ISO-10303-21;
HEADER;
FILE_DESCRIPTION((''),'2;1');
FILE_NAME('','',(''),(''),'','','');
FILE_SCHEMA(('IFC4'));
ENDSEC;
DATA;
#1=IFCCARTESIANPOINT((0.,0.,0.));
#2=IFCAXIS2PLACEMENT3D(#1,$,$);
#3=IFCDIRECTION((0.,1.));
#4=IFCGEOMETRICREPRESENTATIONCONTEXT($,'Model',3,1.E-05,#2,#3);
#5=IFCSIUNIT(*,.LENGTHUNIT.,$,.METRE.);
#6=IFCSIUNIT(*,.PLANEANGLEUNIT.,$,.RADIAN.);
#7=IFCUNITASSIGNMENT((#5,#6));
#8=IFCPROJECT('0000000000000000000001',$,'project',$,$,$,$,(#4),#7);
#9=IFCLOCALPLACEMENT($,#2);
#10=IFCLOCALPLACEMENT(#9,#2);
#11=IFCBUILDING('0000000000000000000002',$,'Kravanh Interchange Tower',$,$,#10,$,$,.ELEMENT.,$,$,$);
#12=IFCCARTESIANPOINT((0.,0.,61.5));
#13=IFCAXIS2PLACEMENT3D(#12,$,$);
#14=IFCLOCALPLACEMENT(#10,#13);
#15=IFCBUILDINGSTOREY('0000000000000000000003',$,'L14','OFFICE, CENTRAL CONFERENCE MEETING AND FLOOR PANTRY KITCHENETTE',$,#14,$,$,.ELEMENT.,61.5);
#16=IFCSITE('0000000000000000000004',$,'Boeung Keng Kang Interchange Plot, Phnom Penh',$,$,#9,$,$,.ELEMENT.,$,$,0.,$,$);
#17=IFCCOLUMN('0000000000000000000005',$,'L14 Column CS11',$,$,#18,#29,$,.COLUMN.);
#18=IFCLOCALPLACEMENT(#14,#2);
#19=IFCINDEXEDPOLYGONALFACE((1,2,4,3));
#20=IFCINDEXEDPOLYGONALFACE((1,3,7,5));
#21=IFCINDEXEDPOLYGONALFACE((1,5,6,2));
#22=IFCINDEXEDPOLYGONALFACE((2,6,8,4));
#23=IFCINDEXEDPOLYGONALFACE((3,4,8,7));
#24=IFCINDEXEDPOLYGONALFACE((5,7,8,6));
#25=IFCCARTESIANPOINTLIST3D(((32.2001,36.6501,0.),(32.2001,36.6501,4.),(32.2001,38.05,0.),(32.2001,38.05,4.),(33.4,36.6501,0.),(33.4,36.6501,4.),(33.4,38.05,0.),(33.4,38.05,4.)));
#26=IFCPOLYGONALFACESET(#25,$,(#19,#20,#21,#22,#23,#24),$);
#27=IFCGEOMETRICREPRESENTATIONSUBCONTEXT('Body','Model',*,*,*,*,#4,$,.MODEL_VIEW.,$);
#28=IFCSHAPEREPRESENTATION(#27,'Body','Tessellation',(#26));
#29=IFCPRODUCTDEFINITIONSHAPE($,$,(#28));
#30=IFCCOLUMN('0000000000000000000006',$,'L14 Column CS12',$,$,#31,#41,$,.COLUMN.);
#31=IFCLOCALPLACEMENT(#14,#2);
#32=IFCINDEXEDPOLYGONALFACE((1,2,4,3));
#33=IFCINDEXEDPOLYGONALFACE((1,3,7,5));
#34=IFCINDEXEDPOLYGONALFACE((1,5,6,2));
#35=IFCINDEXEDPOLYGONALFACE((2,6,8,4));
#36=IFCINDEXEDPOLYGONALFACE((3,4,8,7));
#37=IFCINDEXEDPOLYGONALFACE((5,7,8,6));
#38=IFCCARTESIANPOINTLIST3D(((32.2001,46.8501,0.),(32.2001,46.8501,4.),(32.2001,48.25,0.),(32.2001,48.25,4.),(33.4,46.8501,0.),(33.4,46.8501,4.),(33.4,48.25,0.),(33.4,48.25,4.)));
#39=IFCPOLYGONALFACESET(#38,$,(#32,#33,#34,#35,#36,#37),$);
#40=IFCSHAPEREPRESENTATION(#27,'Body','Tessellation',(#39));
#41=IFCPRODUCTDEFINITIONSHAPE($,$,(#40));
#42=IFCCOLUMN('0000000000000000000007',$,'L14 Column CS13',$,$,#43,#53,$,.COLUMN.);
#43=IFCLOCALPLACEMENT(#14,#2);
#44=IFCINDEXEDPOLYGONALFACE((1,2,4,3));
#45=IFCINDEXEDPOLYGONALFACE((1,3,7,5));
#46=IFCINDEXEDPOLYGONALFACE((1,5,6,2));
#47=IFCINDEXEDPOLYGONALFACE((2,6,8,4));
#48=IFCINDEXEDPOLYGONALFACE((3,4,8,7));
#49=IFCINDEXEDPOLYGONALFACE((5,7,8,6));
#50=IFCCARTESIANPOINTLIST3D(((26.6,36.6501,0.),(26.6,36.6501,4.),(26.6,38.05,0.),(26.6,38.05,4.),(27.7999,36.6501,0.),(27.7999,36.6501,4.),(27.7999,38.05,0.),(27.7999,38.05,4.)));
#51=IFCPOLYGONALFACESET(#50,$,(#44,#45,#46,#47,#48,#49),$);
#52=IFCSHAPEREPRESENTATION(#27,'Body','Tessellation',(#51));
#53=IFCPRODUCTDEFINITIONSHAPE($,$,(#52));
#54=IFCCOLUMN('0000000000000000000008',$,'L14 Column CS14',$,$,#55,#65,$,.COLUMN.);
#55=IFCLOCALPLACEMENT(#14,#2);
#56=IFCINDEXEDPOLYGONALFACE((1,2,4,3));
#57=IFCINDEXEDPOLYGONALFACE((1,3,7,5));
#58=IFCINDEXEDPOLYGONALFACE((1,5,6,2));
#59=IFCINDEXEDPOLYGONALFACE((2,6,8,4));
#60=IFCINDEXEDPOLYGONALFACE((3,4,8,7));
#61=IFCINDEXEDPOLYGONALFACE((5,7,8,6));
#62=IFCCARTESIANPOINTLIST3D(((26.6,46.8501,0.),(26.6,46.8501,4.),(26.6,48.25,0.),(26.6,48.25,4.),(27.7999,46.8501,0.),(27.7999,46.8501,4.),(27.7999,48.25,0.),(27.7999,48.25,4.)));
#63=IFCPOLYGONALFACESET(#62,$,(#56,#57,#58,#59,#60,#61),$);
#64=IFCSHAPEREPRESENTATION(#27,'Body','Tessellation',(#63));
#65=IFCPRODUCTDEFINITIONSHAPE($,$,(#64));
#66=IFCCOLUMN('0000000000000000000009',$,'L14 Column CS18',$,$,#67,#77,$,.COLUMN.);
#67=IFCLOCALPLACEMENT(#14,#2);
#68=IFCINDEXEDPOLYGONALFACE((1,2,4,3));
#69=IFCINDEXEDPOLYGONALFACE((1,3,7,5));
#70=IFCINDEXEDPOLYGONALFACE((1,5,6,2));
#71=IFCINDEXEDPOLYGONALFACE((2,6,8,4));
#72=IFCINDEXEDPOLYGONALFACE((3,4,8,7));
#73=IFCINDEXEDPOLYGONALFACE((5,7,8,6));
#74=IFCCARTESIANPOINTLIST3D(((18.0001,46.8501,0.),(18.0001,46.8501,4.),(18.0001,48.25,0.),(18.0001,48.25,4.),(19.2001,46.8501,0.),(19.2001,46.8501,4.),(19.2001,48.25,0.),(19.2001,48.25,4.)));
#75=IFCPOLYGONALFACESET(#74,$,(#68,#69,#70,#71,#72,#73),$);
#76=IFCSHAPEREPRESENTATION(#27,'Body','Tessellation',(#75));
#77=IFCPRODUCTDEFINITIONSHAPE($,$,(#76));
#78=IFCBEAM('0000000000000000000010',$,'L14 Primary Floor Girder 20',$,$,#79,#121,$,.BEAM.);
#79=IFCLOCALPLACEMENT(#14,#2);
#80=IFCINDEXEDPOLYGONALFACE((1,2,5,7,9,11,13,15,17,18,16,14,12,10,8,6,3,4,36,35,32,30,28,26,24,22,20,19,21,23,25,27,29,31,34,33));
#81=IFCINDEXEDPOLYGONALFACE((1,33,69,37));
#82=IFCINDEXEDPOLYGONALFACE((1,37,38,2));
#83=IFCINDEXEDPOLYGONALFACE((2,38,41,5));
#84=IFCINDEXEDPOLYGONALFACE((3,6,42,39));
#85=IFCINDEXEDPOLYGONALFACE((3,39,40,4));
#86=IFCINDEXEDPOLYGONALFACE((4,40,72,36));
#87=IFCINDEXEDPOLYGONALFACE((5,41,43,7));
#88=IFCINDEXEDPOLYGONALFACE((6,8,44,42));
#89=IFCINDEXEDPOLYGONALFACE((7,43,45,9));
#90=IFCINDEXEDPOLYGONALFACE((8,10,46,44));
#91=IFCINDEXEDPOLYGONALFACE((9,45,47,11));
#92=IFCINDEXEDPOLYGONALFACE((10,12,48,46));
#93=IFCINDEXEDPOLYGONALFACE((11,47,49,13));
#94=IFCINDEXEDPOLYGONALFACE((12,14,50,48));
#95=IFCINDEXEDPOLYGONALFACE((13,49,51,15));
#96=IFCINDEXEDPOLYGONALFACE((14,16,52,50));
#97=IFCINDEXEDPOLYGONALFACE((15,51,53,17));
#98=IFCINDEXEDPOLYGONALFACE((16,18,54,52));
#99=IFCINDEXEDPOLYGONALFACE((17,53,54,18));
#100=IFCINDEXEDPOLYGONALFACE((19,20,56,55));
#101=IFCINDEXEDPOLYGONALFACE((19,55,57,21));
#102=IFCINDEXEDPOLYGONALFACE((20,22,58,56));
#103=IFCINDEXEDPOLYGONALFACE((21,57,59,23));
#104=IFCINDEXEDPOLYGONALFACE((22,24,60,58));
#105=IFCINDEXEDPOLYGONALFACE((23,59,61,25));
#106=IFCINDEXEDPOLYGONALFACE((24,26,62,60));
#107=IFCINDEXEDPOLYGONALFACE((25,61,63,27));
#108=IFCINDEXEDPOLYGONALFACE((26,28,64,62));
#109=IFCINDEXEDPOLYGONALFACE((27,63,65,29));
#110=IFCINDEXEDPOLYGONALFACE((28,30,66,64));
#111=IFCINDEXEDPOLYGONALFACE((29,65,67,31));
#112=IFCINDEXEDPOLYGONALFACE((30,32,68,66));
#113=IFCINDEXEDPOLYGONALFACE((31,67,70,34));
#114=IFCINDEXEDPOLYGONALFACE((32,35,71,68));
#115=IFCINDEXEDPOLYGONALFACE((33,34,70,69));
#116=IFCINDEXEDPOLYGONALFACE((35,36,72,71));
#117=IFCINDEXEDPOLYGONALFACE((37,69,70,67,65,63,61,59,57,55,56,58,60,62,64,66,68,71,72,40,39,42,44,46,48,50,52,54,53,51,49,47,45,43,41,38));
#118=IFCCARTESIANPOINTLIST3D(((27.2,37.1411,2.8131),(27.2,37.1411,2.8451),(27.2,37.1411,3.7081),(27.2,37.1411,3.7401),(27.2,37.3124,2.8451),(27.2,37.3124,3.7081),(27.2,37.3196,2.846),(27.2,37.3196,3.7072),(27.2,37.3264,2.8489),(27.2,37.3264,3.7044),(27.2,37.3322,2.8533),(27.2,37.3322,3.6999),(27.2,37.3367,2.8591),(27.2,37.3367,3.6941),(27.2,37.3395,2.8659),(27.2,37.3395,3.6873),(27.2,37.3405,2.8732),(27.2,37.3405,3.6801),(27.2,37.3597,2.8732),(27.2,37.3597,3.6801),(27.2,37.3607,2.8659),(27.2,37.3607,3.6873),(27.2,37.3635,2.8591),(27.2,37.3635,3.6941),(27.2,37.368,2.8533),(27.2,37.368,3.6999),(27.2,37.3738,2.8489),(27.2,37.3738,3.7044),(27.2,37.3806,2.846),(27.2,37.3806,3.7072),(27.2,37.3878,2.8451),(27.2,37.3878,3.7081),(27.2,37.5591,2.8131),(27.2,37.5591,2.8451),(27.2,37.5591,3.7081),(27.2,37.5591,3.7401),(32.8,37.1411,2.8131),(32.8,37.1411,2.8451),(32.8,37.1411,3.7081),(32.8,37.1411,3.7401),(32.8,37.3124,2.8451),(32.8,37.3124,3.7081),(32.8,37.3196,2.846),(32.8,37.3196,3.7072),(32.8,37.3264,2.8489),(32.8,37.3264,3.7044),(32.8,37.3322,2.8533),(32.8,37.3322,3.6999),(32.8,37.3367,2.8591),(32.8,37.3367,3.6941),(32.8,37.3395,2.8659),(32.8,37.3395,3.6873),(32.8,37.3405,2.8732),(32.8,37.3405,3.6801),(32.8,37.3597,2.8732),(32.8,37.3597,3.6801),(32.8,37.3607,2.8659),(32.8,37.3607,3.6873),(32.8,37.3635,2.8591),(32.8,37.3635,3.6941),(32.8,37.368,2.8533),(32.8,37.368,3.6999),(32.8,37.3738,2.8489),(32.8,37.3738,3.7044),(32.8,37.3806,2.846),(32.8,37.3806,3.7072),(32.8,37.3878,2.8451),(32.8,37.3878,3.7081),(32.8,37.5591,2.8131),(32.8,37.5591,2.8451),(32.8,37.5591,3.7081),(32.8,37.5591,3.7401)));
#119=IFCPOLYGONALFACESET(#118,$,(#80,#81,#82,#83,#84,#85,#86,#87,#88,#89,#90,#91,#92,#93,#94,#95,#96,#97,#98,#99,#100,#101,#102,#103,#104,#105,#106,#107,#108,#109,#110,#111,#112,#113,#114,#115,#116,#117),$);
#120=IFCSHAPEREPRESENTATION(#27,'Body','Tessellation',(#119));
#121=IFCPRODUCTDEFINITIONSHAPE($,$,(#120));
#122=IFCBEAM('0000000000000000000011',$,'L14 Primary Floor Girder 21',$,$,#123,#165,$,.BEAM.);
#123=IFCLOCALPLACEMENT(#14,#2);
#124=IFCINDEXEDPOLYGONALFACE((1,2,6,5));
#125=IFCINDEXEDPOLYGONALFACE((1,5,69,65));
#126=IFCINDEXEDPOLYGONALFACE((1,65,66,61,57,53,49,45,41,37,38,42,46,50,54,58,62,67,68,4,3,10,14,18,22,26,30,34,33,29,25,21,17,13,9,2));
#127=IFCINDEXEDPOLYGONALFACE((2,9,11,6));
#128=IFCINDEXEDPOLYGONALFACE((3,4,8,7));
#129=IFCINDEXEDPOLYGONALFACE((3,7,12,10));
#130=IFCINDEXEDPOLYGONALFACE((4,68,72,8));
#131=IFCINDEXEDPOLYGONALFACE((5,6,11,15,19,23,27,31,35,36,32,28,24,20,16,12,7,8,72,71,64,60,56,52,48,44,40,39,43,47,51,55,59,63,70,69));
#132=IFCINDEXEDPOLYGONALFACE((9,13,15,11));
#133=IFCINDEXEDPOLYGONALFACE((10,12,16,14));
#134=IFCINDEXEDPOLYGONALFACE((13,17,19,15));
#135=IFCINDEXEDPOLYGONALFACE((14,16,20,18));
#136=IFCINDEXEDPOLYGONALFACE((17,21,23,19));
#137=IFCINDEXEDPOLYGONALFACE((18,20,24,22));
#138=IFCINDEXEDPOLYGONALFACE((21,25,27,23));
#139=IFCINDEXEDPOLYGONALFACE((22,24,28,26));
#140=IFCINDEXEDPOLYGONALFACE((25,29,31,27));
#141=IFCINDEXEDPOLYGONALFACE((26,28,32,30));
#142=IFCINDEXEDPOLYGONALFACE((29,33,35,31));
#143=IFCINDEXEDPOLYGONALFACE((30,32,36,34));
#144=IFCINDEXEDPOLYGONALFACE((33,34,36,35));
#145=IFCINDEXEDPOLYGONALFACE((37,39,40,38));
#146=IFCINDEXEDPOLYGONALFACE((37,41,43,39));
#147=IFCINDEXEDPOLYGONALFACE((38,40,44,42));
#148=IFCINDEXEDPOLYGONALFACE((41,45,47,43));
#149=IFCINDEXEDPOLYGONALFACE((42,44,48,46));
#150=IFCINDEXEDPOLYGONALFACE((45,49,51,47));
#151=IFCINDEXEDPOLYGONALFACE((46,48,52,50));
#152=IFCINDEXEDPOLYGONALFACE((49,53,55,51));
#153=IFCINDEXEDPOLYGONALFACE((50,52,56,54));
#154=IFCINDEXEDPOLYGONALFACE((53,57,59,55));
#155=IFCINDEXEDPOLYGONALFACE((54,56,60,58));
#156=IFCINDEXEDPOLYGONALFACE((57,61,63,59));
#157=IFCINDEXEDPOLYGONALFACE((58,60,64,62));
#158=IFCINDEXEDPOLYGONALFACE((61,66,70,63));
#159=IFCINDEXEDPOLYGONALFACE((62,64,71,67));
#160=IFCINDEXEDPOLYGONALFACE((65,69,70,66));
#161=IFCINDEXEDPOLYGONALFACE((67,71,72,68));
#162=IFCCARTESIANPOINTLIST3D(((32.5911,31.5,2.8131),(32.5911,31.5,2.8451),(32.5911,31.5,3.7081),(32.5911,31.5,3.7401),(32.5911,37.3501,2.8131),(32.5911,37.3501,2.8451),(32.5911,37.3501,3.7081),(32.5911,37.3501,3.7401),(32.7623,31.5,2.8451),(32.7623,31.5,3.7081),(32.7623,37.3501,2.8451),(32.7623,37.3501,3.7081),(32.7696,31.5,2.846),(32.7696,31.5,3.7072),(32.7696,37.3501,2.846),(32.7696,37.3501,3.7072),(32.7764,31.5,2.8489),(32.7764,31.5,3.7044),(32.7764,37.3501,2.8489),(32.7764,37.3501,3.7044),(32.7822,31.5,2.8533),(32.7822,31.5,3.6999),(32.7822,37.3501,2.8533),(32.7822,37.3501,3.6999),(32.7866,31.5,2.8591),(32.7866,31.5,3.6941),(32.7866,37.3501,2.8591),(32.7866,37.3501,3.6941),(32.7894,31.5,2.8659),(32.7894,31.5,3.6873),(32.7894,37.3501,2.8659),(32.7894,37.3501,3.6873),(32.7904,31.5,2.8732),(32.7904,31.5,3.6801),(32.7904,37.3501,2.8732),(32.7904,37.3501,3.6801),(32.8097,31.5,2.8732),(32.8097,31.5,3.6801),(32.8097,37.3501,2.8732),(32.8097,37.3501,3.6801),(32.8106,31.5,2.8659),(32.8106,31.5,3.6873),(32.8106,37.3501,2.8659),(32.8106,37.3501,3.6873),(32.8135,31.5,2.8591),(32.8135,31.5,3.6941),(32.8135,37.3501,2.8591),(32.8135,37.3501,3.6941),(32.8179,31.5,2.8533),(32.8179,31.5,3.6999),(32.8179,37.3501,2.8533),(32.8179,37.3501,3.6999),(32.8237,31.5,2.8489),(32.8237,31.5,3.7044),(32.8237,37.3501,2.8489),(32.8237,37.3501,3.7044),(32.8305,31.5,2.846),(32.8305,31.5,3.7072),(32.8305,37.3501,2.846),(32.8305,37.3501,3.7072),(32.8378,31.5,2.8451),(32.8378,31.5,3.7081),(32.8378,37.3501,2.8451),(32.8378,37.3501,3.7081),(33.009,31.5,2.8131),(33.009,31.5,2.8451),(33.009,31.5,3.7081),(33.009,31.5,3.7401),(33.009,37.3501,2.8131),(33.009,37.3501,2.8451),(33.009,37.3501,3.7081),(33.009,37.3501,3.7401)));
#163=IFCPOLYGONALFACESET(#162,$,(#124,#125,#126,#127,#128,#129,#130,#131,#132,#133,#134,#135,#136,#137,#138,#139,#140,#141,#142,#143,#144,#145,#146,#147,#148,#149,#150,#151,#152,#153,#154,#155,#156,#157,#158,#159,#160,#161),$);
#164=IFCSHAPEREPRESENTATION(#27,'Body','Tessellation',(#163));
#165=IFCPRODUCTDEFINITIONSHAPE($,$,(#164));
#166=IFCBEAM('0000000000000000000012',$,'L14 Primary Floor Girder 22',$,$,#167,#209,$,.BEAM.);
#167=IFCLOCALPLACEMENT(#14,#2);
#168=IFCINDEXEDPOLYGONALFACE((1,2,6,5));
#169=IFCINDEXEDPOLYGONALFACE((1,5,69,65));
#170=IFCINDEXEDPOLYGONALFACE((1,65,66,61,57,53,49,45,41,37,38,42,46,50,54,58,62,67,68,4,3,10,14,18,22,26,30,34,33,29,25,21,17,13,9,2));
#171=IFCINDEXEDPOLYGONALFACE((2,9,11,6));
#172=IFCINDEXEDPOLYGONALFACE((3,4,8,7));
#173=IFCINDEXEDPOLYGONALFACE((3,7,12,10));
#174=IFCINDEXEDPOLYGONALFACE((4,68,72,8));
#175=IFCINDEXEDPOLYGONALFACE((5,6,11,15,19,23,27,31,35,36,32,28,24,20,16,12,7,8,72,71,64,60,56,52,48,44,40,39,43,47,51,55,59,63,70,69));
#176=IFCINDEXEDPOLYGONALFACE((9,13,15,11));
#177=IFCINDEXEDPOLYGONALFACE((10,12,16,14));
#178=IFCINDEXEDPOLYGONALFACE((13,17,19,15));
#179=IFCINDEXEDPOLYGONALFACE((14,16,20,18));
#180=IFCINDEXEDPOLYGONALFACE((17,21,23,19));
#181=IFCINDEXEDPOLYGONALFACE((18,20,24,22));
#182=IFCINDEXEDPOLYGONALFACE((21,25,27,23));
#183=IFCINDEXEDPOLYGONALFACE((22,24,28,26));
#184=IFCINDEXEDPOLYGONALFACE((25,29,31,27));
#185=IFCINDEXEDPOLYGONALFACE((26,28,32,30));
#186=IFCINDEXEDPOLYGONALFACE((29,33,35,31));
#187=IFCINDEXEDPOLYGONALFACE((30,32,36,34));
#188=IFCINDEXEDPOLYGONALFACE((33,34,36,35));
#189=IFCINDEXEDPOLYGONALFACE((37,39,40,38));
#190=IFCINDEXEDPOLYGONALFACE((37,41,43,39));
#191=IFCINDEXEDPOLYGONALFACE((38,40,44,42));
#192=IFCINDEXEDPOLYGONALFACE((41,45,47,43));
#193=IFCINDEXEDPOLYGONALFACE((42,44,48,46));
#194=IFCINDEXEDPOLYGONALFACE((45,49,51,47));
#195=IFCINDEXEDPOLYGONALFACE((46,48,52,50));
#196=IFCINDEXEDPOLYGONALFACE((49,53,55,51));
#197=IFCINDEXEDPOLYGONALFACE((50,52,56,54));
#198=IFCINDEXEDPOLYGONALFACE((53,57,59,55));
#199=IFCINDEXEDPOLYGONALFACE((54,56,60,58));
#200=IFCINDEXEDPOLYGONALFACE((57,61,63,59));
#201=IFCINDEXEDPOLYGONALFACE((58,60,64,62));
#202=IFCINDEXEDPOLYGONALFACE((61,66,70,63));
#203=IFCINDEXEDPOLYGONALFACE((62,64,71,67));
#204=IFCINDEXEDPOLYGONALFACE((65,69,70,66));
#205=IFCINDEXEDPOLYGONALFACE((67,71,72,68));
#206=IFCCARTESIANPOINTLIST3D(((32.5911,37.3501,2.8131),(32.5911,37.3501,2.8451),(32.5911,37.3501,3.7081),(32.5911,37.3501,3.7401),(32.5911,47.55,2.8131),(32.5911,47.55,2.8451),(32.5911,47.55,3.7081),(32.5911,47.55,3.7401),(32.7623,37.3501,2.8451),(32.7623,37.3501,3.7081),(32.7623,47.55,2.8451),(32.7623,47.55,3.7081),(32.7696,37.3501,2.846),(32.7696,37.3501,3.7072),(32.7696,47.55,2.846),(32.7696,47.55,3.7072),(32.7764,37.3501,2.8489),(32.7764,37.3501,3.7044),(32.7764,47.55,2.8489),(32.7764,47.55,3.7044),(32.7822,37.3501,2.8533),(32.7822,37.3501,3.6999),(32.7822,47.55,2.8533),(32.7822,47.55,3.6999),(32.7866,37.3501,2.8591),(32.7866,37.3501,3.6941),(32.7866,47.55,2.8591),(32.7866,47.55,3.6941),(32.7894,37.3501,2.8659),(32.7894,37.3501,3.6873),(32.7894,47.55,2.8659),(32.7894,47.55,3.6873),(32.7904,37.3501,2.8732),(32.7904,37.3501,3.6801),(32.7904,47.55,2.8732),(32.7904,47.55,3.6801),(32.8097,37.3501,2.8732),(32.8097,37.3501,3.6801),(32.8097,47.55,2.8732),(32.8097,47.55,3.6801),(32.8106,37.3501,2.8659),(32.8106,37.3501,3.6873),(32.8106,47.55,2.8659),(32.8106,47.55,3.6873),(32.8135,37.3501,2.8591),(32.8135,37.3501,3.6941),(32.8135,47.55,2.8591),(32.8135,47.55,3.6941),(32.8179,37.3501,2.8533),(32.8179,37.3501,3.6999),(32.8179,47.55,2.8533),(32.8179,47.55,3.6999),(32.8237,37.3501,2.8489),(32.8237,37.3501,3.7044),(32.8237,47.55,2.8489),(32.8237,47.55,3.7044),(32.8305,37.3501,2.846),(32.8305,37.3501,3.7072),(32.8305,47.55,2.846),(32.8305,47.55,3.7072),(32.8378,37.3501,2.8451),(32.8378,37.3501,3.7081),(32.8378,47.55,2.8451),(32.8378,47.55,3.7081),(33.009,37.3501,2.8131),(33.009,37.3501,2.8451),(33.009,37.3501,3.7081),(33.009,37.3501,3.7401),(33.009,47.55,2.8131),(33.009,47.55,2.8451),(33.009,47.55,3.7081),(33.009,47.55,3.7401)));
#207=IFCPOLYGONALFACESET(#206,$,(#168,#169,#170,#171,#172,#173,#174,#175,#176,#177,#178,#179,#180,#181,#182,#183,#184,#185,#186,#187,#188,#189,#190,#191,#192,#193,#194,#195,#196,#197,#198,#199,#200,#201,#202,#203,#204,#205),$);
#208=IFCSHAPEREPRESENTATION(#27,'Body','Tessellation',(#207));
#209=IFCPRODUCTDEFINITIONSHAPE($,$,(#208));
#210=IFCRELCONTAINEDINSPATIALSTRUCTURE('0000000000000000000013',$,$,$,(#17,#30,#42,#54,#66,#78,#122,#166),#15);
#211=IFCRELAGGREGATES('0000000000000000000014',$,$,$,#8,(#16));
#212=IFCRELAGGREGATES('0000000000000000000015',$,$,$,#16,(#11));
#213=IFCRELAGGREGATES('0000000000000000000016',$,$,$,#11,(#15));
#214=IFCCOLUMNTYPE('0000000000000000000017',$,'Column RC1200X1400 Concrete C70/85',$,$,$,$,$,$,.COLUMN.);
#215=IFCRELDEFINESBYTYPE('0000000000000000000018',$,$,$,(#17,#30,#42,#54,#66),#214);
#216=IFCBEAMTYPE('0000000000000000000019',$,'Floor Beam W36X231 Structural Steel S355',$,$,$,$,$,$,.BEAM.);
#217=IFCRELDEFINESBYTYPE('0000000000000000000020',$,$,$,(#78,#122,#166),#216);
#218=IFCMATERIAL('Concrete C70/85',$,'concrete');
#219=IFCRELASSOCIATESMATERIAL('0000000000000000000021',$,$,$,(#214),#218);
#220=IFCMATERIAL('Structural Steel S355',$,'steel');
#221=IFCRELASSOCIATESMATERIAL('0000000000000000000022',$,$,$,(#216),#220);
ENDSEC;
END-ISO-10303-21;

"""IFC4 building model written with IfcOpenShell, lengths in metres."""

from ifc_helpers import new_model, si_unit, direction, frame, origin, origin_2d, place, context, subcontext, project, spatial, rectangle, i_section, extrude, material, material_profile, profile_set, type_object, element, save


model = new_model("IFC4")

# Units and contexts
model_context = context("Model", 3, precision=1e-05, world=origin(), true_north=direction((0.0, 1.0)))
body_context = subcontext(model_context, "Body", "Model", "MODEL_VIEW")
ifc_project = project(units=[si_unit("LENGTHUNIT", "METRE"), si_unit("PLANEANGLEUNIT", "RADIAN")], contexts=[model_context])

# Site, building, storey
site_placement = place(None, origin())
site = spatial("IfcSite", under=ifc_project, at=site_placement, Name="Boeung Keng Kang Interchange Plot, Phnom Penh", CompositionType="ELEMENT", RefElevation=0.0)
building_placement = place(site_placement, origin())
building = spatial("IfcBuilding", under=site, at=building_placement, Name="Kravanh Interchange Tower", CompositionType="ELEMENT")
storey_placement = place(building_placement, frame((0.0, 0.0, 61.5)))
storey = spatial("IfcBuildingStorey", under=building, at=storey_placement, Name="L14", Description="OFFICE, CENTRAL CONFERENCE MEETING AND FLOOR PANTRY KITCHENETTE", CompositionType="ELEMENT", Elevation=61.5)

# Columns
ifc_material_1 = material(Name="Concrete C70/85", Category="concrete")
ifc_material_profile_1 = material_profile(ifc_material_1, rectangle(XDim=1.2, YDim=1.3999, at=origin_2d()), Name="RC1200X1400")
ifc_profile_set_1 = profile_set([ifc_material_profile_1], Name="Concrete C70/85")
column_type = type_object("IfcColumnType", Name="Column RC1200X1400 Concrete C70/85", PredefinedType="COLUMN", material=ifc_profile_set_1)
for number, where, z_axis, x_axis, name in (
    (1, (32.8, 37.3501, 0.0), (0.0, 0.0, 1.0), (1.0, 0.0, 0.0), "L14 Column CS11"),
    (2, (32.8, 47.55, 0.0), (0.0, 0.0, 1.0), (1.0, 0.0, 0.0), "L14 Column CS12"),
    (3, (27.2, 37.3501, 0.0), (0.0, 0.0, 1.0), (1.0, 0.0, 0.0), "L14 Column CS13"),
    (4, (27.2, 47.55, 0.0), (0.0, 0.0, 1.0), (1.0, 0.0, 0.0), "L14 Column CS14"),
    (5, (18.6001, 47.55, 0.0), (0.0, 0.0, 1.0), (1.0, 0.0, 0.0), "L14 Column CS18"),
):
    element("IfcColumn", number, at=place(storey_placement, frame(where, z_axis=z_axis, x_axis=x_axis)), inside=storey, type_object=column_type, Name=name, PredefinedType="COLUMN", context=body_context, shape_type="SweptSolid", body=[
        extrude(rectangle(XDim=1.2, YDim=1.3999, at=origin_2d()), origin(), (0.0, 0.0, 1.0), 4.0),
    ])

# Beams
ifc_material_2 = material(Name="Structural Steel S355", Category="steel")
ifc_material_profile_2 = material_profile(ifc_material_2, i_section(OverallWidth=0.418, OverallDepth=0.927, WebThickness=0.0193, FlangeThickness=0.032, FilletRadius=0.0281, at=origin_2d()), Name="W36X231")
ifc_profile_set_2 = profile_set([ifc_material_profile_2], Name="Structural Steel S355")
beam_type = type_object("IfcBeamType", Name="Floor Beam W36X231 Structural Steel S355", PredefinedType="BEAM", material=ifc_profile_set_2)
beam_1_placement = place(storey_placement, frame((32.8, 37.3501, 3.2766), z_axis=(-1.0, 0.0, 0.0), x_axis=(0.0, -1.0, 0.0)))
element("IfcBeam", 6, at=beam_1_placement, inside=storey, type_object=beam_type, Name="L14 Primary Floor Girder 20", PredefinedType="BEAM", context=body_context, shape_type="SweptSolid", body=[
    extrude(i_section(OverallWidth=0.418, OverallDepth=0.927, WebThickness=0.0193, FlangeThickness=0.032, FilletRadius=0.0281, at=origin_2d()), origin(), (0.0, 0.0, 1.0), 5.6001),
])
beam_2_placement = place(storey_placement, frame((32.8, 37.3501, 3.2766), z_axis=(0.0, -1.0, 0.0), x_axis=(1.0, 0.0, 0.0)))
element("IfcBeam", 7, at=beam_2_placement, inside=storey, type_object=beam_type, Name="L14 Primary Floor Girder 21", PredefinedType="BEAM", context=body_context, shape_type="SweptSolid", body=[
    extrude(i_section(OverallWidth=0.418, OverallDepth=0.927, WebThickness=0.0193, FlangeThickness=0.032, FilletRadius=0.0281, at=origin_2d()), origin(), (0.0, 0.0, 1.0), 5.8501),
])
beam_3_placement = place(storey_placement, frame((32.8, 37.3501, 3.2766), z_axis=(0.0, 1.0, 0.0), x_axis=(-1.0, 0.0, 0.0)))
element("IfcBeam", 8, at=beam_3_placement, inside=storey, type_object=beam_type, Name="L14 Primary Floor Girder 22", PredefinedType="BEAM", context=body_context, shape_type="SweptSolid", body=[
    extrude(i_section(OverallWidth=0.418, OverallDepth=0.927, WebThickness=0.0193, FlangeThickness=0.032, FilletRadius=0.0281, at=origin_2d()), origin(), (0.0, 0.0, 1.0), 10.2),
])

save(model, "model.ifc")
